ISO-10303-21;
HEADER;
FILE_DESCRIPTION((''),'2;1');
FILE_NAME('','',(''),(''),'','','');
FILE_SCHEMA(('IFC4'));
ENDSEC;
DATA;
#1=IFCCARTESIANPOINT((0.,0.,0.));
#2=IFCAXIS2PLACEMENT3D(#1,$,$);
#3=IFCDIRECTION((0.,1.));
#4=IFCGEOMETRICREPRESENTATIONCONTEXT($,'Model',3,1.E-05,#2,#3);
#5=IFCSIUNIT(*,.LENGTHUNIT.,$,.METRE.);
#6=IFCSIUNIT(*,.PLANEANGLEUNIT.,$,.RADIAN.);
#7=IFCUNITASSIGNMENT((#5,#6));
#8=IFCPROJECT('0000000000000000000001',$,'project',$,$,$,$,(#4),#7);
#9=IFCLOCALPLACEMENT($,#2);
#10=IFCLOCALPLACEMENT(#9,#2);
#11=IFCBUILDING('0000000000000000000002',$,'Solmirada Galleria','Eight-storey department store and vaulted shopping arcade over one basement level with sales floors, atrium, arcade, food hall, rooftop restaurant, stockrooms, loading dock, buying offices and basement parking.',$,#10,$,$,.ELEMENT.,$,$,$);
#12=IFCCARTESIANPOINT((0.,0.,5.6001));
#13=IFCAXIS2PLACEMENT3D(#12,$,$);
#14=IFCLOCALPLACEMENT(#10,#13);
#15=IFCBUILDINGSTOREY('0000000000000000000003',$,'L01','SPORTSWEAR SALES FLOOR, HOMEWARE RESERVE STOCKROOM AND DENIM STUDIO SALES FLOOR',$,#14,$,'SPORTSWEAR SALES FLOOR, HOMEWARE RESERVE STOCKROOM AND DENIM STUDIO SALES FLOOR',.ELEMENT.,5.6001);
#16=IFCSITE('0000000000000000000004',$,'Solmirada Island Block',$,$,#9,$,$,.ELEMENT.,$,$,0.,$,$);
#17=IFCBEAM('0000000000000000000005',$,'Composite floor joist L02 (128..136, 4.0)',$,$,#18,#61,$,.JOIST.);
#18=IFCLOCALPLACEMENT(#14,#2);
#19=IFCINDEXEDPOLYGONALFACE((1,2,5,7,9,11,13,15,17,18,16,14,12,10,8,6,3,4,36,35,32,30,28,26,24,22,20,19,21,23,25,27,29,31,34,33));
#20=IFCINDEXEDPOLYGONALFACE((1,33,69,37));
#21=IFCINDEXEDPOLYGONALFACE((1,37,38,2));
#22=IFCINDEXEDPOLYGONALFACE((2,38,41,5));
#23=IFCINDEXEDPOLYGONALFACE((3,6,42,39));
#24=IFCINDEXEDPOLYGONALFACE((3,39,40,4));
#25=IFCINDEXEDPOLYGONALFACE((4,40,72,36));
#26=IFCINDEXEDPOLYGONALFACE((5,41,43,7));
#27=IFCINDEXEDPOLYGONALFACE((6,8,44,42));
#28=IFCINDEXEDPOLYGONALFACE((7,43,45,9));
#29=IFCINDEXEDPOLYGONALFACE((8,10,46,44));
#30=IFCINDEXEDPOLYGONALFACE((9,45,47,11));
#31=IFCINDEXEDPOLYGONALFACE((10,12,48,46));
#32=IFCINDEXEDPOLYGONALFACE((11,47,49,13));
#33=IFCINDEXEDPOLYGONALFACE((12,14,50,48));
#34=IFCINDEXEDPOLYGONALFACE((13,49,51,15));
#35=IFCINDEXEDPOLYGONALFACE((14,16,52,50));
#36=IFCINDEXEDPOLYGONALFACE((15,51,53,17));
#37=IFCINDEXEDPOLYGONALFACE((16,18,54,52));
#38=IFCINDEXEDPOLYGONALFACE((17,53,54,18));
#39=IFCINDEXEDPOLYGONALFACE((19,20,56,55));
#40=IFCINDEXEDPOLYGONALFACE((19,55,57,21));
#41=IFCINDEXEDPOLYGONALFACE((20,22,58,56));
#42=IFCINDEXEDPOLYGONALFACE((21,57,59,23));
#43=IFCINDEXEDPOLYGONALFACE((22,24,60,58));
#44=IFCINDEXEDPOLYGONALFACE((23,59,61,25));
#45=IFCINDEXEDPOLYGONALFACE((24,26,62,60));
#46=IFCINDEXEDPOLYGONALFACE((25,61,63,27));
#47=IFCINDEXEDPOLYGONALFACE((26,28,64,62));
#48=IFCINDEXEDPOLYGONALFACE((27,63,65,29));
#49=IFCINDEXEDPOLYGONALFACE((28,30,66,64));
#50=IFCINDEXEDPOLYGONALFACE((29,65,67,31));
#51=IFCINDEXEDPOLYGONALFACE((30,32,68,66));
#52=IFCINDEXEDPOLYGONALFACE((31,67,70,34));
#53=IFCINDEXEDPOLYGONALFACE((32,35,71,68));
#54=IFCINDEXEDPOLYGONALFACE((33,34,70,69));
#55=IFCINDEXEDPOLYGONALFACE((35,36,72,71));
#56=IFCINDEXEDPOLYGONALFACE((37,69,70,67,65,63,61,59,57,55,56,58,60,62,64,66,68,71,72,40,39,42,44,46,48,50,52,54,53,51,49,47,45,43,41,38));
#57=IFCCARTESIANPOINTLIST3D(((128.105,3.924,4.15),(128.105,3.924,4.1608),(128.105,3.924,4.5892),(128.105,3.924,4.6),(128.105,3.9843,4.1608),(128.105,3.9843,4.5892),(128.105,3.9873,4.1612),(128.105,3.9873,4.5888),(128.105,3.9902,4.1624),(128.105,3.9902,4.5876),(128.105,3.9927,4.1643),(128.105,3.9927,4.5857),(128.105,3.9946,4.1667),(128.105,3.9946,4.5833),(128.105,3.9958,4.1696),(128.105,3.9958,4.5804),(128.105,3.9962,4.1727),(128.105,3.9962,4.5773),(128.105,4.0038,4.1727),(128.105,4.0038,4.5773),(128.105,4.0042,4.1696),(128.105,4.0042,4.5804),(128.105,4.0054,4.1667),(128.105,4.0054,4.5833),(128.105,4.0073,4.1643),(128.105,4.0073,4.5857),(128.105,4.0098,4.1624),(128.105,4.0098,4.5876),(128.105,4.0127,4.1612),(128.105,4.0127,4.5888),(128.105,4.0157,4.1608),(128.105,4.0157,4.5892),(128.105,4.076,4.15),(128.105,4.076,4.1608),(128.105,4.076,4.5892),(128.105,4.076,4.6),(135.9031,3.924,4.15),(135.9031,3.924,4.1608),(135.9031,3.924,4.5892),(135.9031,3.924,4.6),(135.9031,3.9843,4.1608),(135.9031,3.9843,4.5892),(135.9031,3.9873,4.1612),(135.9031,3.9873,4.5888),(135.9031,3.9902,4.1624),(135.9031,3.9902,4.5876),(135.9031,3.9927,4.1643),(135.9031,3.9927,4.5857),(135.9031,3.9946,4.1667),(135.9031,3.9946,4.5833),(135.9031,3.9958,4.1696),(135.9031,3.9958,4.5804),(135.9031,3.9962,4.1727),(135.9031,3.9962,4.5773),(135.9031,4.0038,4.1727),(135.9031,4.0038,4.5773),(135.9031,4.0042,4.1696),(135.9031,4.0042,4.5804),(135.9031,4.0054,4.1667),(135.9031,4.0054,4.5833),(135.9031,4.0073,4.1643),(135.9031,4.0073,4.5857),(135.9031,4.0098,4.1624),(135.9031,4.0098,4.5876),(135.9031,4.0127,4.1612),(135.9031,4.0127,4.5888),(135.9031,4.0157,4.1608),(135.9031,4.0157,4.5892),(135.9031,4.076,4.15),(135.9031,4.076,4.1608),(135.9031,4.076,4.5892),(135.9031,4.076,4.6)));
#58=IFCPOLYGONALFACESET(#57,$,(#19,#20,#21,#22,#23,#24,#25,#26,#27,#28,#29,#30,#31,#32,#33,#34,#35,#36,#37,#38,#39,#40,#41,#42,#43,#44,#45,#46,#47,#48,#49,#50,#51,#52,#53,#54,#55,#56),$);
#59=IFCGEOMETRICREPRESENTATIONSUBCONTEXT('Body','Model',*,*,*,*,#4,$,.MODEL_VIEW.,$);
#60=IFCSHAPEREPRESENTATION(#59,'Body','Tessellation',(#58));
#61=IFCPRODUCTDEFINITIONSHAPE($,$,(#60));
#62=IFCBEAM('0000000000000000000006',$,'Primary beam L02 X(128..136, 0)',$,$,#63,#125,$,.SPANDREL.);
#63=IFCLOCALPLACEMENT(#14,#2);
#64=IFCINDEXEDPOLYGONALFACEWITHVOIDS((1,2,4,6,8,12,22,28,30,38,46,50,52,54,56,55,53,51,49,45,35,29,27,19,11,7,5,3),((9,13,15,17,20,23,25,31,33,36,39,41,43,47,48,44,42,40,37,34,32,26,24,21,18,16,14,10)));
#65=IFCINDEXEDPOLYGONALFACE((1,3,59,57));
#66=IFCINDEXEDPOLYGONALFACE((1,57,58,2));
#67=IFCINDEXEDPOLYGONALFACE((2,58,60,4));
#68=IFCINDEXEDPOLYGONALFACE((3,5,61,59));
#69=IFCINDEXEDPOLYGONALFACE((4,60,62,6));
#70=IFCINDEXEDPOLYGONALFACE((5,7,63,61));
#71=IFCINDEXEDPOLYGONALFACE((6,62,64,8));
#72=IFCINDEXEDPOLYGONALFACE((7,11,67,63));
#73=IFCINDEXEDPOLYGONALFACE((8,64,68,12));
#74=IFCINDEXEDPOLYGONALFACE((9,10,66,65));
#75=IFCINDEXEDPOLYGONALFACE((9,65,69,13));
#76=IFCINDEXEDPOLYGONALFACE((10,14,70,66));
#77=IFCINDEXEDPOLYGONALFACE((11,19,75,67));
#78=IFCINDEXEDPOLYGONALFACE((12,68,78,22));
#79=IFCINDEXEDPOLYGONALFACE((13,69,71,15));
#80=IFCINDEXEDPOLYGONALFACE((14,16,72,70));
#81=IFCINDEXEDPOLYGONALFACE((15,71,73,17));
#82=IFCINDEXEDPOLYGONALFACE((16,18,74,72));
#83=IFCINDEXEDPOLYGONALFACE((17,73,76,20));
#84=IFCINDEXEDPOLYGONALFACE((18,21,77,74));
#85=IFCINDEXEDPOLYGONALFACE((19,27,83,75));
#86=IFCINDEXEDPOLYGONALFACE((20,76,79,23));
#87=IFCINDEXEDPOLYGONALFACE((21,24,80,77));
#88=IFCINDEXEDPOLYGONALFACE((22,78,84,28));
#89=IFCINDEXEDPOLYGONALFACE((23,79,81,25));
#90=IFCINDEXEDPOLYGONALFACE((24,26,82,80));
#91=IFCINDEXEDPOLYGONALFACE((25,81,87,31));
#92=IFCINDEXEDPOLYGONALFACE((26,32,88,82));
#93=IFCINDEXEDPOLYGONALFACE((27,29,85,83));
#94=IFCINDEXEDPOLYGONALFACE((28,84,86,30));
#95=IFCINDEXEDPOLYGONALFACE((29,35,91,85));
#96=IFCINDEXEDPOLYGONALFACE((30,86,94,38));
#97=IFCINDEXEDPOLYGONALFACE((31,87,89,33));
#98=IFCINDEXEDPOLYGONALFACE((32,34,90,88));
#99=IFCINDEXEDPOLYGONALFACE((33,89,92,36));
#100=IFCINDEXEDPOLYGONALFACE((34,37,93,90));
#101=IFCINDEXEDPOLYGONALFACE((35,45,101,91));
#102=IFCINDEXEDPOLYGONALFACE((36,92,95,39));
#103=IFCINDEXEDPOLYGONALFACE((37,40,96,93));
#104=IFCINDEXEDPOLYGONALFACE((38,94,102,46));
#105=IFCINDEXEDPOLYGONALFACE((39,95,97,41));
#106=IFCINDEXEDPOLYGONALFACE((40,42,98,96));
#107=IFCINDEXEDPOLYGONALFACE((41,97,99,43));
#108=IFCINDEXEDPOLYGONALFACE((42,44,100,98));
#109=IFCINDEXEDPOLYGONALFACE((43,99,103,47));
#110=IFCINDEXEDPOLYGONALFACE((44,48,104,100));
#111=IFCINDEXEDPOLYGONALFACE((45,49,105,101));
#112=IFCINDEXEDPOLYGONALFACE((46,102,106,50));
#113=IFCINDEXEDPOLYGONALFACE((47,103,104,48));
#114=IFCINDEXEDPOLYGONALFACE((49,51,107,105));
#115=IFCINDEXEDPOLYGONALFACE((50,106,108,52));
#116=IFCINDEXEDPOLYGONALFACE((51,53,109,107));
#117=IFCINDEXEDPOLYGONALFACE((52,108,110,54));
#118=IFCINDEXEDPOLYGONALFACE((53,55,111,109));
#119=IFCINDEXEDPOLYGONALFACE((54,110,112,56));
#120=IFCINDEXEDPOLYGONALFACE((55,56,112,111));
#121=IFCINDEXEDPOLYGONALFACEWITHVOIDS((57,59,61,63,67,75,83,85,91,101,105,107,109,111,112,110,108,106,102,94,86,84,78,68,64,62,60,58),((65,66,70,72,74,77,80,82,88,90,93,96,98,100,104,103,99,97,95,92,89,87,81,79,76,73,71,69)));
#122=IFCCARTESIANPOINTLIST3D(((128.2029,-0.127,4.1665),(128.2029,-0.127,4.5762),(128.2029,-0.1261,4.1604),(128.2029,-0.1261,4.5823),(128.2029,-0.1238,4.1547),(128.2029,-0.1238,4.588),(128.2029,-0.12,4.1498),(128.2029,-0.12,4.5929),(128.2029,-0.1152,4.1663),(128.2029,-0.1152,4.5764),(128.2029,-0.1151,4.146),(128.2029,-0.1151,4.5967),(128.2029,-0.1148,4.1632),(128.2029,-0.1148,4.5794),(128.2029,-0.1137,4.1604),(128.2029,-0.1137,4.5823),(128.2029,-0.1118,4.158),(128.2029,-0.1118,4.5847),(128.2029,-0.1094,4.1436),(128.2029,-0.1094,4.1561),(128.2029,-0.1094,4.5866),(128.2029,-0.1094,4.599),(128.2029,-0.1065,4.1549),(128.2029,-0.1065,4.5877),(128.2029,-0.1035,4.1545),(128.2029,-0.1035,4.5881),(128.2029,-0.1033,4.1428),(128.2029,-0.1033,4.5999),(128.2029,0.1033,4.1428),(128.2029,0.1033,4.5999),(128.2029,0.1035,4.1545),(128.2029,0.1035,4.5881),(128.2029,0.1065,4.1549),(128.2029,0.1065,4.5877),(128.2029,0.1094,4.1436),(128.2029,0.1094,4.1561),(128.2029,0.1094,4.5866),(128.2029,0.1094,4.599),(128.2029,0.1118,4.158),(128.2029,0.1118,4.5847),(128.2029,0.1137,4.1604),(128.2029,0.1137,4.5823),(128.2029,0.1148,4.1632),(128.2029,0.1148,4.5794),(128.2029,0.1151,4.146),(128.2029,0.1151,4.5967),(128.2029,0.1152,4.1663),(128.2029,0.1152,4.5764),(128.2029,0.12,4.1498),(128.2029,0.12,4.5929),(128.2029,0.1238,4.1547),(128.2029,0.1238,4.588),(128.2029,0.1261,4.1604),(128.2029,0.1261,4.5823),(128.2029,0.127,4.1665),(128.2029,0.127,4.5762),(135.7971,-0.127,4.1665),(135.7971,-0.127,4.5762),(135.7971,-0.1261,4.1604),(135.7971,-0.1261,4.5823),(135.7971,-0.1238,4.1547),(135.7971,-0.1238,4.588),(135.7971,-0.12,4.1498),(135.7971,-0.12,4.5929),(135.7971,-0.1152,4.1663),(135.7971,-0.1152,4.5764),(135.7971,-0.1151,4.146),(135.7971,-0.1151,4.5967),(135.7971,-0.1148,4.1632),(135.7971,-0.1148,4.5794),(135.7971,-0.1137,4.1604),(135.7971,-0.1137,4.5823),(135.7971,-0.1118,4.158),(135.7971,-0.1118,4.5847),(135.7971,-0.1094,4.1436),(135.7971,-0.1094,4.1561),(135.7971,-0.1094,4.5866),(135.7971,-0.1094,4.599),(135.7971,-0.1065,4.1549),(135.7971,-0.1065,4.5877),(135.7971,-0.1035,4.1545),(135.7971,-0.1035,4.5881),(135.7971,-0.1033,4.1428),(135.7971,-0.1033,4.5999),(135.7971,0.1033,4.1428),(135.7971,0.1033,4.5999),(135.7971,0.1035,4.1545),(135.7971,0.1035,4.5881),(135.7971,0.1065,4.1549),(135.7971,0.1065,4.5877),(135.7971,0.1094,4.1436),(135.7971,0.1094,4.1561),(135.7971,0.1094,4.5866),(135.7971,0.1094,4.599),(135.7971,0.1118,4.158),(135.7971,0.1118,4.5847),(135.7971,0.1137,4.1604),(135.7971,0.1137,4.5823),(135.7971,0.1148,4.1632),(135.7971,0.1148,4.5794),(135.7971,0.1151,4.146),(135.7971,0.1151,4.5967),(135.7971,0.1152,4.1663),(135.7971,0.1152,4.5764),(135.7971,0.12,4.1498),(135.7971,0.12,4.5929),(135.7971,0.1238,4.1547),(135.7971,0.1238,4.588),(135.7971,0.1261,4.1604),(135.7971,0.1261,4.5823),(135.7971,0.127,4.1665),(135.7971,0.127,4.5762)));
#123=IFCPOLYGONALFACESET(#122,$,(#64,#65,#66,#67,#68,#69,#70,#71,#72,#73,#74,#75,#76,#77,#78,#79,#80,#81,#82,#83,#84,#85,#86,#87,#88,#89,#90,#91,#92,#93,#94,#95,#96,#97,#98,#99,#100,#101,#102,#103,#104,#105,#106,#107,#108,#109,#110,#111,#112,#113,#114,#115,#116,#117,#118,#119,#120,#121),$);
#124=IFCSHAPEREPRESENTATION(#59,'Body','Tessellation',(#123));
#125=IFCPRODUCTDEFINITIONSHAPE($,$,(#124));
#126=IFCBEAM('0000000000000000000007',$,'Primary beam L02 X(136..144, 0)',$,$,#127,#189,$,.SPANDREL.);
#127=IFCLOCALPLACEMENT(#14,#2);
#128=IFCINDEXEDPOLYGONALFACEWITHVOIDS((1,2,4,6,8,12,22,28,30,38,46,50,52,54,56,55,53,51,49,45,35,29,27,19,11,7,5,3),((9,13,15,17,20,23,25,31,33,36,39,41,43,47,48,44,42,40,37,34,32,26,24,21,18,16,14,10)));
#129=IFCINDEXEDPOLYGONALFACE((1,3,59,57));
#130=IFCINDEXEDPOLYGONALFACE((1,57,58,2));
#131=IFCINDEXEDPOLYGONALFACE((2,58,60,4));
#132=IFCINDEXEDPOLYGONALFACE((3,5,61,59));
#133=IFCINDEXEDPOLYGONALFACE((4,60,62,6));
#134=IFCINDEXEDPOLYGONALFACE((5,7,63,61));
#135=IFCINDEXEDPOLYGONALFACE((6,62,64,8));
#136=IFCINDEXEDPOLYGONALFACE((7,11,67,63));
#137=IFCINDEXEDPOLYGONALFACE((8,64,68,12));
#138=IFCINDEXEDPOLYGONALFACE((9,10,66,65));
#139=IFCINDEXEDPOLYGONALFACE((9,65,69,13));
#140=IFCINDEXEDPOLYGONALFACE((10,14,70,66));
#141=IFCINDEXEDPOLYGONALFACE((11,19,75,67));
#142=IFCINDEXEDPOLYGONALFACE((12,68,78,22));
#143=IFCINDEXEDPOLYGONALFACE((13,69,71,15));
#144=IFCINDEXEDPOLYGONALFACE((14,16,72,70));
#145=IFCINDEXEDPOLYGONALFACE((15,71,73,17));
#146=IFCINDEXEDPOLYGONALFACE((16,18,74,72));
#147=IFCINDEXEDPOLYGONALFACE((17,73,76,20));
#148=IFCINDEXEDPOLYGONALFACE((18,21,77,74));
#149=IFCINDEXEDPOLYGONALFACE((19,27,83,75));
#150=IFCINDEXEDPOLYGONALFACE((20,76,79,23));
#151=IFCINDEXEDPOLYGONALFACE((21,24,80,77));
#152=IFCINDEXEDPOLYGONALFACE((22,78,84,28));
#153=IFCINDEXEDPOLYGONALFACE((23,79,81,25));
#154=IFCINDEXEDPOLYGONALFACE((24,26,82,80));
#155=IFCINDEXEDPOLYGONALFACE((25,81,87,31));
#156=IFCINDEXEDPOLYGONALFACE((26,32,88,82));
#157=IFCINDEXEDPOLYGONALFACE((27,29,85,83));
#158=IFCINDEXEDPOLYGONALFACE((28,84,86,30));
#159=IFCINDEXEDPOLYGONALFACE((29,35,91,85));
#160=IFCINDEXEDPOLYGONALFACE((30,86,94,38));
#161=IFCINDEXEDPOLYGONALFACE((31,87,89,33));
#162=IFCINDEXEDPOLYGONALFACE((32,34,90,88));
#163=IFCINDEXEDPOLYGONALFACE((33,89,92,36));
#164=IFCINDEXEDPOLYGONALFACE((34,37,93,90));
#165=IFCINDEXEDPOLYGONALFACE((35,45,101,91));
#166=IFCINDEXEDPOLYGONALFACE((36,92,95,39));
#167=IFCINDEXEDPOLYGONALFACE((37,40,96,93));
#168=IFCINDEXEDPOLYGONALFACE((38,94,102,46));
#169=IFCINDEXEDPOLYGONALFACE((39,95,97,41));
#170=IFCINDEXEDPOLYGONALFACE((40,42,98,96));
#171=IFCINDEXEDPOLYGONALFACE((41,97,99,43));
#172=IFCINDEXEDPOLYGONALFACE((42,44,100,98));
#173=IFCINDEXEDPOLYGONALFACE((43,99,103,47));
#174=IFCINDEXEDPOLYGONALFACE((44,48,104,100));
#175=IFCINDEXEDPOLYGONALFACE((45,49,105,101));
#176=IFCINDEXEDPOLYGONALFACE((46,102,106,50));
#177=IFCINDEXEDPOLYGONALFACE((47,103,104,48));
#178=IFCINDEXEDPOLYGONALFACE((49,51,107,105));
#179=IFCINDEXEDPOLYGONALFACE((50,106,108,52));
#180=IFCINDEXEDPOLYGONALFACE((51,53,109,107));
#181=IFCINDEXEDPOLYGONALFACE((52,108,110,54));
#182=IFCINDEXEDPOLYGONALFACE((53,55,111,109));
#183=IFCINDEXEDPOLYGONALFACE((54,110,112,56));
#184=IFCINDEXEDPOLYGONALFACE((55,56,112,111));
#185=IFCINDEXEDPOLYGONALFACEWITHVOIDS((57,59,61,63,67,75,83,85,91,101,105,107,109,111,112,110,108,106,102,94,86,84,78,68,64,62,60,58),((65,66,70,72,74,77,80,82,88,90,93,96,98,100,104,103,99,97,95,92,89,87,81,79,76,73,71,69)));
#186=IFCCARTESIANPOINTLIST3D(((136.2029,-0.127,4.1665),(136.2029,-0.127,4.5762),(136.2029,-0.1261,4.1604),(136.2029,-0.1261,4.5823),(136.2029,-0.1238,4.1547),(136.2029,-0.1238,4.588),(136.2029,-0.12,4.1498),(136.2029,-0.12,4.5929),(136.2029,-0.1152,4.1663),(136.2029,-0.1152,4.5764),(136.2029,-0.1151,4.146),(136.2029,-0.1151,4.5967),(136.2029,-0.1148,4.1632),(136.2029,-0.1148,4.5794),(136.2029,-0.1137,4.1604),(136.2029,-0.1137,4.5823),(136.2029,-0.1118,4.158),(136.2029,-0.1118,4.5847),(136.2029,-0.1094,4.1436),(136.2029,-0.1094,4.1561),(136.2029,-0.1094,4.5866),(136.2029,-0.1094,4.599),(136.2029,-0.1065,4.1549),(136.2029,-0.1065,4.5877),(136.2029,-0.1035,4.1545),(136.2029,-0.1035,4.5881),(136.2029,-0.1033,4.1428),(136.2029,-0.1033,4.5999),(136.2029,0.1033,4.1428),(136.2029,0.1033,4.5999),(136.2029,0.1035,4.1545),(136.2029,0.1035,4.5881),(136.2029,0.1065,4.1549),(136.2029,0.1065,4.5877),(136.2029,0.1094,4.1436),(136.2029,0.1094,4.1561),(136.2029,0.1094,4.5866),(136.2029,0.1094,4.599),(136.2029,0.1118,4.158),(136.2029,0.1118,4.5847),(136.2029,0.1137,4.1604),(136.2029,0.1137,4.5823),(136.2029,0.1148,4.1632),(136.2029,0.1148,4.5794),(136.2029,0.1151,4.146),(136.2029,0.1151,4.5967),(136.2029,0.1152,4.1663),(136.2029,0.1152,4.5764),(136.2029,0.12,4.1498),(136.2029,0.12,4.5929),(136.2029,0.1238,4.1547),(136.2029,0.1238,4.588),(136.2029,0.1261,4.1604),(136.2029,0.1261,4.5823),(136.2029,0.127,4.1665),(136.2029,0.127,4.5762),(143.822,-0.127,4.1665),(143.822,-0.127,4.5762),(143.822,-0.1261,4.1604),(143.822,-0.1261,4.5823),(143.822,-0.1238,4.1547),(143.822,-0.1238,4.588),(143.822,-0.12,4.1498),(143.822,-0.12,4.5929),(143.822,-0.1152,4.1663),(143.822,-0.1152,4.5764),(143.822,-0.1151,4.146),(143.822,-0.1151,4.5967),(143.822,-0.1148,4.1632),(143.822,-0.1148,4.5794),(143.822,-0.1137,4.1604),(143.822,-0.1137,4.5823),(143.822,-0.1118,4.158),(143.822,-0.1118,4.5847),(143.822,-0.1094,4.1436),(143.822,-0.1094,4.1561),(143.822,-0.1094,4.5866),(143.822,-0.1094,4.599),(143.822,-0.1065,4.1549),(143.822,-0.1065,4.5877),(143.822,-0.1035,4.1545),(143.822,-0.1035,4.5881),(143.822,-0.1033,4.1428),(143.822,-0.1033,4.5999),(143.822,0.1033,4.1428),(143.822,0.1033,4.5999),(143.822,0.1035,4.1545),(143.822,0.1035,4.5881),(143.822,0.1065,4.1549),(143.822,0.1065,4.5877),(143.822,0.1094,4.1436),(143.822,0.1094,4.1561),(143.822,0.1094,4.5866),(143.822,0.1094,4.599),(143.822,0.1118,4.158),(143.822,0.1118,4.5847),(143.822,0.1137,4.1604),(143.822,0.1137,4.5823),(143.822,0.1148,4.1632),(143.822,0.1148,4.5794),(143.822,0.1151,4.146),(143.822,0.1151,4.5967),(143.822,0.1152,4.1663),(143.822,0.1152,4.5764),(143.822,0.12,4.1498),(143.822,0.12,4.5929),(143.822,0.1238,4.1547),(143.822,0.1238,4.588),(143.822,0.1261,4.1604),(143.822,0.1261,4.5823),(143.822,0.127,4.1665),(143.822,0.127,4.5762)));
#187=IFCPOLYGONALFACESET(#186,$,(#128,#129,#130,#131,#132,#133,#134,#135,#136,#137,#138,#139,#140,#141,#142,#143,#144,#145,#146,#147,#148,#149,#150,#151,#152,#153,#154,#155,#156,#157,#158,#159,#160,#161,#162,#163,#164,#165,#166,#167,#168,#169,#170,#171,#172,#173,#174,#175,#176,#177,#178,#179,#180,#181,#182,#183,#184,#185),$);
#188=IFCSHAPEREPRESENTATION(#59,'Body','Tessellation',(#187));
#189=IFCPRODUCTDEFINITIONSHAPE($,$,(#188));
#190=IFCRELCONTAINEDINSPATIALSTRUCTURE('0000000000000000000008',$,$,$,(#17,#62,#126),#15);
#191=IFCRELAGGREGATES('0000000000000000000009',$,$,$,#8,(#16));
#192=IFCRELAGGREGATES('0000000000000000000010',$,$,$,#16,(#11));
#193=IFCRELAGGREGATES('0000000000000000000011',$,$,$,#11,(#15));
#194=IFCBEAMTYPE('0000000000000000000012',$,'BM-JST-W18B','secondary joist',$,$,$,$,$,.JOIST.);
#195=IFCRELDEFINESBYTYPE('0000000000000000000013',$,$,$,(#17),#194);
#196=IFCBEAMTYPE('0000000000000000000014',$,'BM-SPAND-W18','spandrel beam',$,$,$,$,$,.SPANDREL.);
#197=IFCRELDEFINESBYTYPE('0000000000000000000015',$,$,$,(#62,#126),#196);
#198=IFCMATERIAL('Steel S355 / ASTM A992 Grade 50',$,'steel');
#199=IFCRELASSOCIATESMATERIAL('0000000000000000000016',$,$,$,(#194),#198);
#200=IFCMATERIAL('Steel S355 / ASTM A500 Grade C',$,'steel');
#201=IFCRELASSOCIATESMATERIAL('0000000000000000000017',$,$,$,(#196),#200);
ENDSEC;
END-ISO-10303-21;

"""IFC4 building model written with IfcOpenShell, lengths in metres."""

from ifc_helpers import new_model, si_unit, direction, frame, origin, origin_2d, place, context, subcontext, project, spatial, hollow_rectangle, i_section, extrude, material, material_profile, profile_set, type_object, element, save


model = new_model("IFC4")

# Units and contexts
model_context = context("Model", 3, precision=1e-05, world=origin(), true_north=direction((0.0, 1.0)))
body_context = subcontext(model_context, "Body", "Model", "MODEL_VIEW")
ifc_project = project(units=[si_unit("LENGTHUNIT", "METRE"), si_unit("PLANEANGLEUNIT", "RADIAN")], contexts=[model_context])

# Site, building, storey
site_placement = place(None, origin())
site = spatial("IfcSite", under=ifc_project, at=site_placement, Name="Solmirada Island Block", CompositionType="ELEMENT", RefElevation=0.0)
building_placement = place(site_placement, origin())
building = spatial("IfcBuilding", under=site, at=building_placement, Name="Solmirada Galleria", Description="Eight-storey department store and vaulted shopping arcade over one basement level with sales floors, atrium, arcade, food hall, rooftop restaurant, stockrooms, loading dock, buying offices and basement parking.", CompositionType="ELEMENT")
storey_placement = place(building_placement, frame((0.0, 0.0, 5.6001)))
storey = spatial("IfcBuildingStorey", under=building, at=storey_placement, Name="L01", Description="SPORTSWEAR SALES FLOOR, HOMEWARE RESERVE STOCKROOM AND DENIM STUDIO SALES FLOOR", LongName="SPORTSWEAR SALES FLOOR, HOMEWARE RESERVE STOCKROOM AND DENIM STUDIO SALES FLOOR", CompositionType="ELEMENT", Elevation=5.6001)

# Shared definitions
ifc_material_1 = material(Name="Steel S355 / ASTM A500 Grade C", Category="steel")

# Beams
ifc_material_2 = material(Name="Steel S355 / ASTM A992 Grade 50", Category="steel")
ifc_material_profile_1 = material_profile(ifc_material_2, i_section(OverallWidth=0.1521, OverallDepth=0.45, WebThickness=0.0076, FlangeThickness=0.0107, FilletRadius=0.012, at=origin_2d()), Name="W18X35")
ifc_profile_set_1 = profile_set([ifc_material_profile_1], Name="Steel S355 / ASTM A992 Grade 50")
beam_type_1 = type_object("IfcBeamType", Name="BM-JST-W18B", Description="secondary joist", PredefinedType="JOIST", material=ifc_profile_set_1)
beam_1_placement = place(storey_placement, frame((128.105, 4.0, 4.375), z_axis=(1.0, 0.0, 0.0), x_axis=(0.0, 1.0, 0.0)))
element("IfcBeam", 1, at=beam_1_placement, inside=storey, type_object=beam_type_1, Name="Composite floor joist L02 (128..136, 4.0)", PredefinedType="JOIST", context=body_context, shape_type="SweptSolid", body=[
    extrude(i_section(OverallWidth=0.1521, OverallDepth=0.45, WebThickness=0.0076, FlangeThickness=0.0107, FilletRadius=0.012, at=origin_2d()), origin(), (0.0, 0.0, 1.0), 7.7981),
])
ifc_material_profile_2 = material_profile(ifc_material_1, hollow_rectangle(XDim=0.2539, YDim=0.457, WallThickness=0.0117, InnerFilletRadius=0.0117, OuterFilletRadius=0.0237, at=origin_2d()), Name="HSS18X10X1/2")
ifc_profile_set_2 = profile_set([ifc_material_profile_2], Name="Steel S355 / ASTM A500 Grade C")
beam_type_2 = type_object("IfcBeamType", Name="BM-SPAND-W18", Description="spandrel beam", PredefinedType="SPANDREL", material=ifc_profile_set_2)
beam_2_placement = place(storey_placement, frame((128.2029, 0.0, 4.3713), z_axis=(1.0, 0.0, 0.0), x_axis=(0.0, 1.0, 0.0)))
element("IfcBeam", 2, at=beam_2_placement, inside=storey, type_object=beam_type_2, Name="Primary beam L02 X(128..136, 0)", PredefinedType="SPANDREL", context=body_context, shape_type="SweptSolid", body=[
    extrude(hollow_rectangle(XDim=0.2539, YDim=0.457, WallThickness=0.0117, InnerFilletRadius=0.0117, OuterFilletRadius=0.0237, at=origin_2d()), origin(), (0.0, 0.0, 1.0), 7.5942),
])
beam_3_placement = place(storey_placement, frame((136.2029, 0.0, 4.3713), z_axis=(1.0, 0.0, 0.0), x_axis=(0.0, 1.0, 0.0)))
element("IfcBeam", 3, at=beam_3_placement, inside=storey, type_object=beam_type_2, Name="Primary beam L02 X(136..144, 0)", PredefinedType="SPANDREL", context=body_context, shape_type="SweptSolid", body=[
    extrude(hollow_rectangle(XDim=0.2539, YDim=0.457, WallThickness=0.0117, InnerFilletRadius=0.0117, OuterFilletRadius=0.0237, at=origin_2d()), origin(), (0.0, 0.0, 1.0), 7.6191),
])

save(model, "model.ifc")
